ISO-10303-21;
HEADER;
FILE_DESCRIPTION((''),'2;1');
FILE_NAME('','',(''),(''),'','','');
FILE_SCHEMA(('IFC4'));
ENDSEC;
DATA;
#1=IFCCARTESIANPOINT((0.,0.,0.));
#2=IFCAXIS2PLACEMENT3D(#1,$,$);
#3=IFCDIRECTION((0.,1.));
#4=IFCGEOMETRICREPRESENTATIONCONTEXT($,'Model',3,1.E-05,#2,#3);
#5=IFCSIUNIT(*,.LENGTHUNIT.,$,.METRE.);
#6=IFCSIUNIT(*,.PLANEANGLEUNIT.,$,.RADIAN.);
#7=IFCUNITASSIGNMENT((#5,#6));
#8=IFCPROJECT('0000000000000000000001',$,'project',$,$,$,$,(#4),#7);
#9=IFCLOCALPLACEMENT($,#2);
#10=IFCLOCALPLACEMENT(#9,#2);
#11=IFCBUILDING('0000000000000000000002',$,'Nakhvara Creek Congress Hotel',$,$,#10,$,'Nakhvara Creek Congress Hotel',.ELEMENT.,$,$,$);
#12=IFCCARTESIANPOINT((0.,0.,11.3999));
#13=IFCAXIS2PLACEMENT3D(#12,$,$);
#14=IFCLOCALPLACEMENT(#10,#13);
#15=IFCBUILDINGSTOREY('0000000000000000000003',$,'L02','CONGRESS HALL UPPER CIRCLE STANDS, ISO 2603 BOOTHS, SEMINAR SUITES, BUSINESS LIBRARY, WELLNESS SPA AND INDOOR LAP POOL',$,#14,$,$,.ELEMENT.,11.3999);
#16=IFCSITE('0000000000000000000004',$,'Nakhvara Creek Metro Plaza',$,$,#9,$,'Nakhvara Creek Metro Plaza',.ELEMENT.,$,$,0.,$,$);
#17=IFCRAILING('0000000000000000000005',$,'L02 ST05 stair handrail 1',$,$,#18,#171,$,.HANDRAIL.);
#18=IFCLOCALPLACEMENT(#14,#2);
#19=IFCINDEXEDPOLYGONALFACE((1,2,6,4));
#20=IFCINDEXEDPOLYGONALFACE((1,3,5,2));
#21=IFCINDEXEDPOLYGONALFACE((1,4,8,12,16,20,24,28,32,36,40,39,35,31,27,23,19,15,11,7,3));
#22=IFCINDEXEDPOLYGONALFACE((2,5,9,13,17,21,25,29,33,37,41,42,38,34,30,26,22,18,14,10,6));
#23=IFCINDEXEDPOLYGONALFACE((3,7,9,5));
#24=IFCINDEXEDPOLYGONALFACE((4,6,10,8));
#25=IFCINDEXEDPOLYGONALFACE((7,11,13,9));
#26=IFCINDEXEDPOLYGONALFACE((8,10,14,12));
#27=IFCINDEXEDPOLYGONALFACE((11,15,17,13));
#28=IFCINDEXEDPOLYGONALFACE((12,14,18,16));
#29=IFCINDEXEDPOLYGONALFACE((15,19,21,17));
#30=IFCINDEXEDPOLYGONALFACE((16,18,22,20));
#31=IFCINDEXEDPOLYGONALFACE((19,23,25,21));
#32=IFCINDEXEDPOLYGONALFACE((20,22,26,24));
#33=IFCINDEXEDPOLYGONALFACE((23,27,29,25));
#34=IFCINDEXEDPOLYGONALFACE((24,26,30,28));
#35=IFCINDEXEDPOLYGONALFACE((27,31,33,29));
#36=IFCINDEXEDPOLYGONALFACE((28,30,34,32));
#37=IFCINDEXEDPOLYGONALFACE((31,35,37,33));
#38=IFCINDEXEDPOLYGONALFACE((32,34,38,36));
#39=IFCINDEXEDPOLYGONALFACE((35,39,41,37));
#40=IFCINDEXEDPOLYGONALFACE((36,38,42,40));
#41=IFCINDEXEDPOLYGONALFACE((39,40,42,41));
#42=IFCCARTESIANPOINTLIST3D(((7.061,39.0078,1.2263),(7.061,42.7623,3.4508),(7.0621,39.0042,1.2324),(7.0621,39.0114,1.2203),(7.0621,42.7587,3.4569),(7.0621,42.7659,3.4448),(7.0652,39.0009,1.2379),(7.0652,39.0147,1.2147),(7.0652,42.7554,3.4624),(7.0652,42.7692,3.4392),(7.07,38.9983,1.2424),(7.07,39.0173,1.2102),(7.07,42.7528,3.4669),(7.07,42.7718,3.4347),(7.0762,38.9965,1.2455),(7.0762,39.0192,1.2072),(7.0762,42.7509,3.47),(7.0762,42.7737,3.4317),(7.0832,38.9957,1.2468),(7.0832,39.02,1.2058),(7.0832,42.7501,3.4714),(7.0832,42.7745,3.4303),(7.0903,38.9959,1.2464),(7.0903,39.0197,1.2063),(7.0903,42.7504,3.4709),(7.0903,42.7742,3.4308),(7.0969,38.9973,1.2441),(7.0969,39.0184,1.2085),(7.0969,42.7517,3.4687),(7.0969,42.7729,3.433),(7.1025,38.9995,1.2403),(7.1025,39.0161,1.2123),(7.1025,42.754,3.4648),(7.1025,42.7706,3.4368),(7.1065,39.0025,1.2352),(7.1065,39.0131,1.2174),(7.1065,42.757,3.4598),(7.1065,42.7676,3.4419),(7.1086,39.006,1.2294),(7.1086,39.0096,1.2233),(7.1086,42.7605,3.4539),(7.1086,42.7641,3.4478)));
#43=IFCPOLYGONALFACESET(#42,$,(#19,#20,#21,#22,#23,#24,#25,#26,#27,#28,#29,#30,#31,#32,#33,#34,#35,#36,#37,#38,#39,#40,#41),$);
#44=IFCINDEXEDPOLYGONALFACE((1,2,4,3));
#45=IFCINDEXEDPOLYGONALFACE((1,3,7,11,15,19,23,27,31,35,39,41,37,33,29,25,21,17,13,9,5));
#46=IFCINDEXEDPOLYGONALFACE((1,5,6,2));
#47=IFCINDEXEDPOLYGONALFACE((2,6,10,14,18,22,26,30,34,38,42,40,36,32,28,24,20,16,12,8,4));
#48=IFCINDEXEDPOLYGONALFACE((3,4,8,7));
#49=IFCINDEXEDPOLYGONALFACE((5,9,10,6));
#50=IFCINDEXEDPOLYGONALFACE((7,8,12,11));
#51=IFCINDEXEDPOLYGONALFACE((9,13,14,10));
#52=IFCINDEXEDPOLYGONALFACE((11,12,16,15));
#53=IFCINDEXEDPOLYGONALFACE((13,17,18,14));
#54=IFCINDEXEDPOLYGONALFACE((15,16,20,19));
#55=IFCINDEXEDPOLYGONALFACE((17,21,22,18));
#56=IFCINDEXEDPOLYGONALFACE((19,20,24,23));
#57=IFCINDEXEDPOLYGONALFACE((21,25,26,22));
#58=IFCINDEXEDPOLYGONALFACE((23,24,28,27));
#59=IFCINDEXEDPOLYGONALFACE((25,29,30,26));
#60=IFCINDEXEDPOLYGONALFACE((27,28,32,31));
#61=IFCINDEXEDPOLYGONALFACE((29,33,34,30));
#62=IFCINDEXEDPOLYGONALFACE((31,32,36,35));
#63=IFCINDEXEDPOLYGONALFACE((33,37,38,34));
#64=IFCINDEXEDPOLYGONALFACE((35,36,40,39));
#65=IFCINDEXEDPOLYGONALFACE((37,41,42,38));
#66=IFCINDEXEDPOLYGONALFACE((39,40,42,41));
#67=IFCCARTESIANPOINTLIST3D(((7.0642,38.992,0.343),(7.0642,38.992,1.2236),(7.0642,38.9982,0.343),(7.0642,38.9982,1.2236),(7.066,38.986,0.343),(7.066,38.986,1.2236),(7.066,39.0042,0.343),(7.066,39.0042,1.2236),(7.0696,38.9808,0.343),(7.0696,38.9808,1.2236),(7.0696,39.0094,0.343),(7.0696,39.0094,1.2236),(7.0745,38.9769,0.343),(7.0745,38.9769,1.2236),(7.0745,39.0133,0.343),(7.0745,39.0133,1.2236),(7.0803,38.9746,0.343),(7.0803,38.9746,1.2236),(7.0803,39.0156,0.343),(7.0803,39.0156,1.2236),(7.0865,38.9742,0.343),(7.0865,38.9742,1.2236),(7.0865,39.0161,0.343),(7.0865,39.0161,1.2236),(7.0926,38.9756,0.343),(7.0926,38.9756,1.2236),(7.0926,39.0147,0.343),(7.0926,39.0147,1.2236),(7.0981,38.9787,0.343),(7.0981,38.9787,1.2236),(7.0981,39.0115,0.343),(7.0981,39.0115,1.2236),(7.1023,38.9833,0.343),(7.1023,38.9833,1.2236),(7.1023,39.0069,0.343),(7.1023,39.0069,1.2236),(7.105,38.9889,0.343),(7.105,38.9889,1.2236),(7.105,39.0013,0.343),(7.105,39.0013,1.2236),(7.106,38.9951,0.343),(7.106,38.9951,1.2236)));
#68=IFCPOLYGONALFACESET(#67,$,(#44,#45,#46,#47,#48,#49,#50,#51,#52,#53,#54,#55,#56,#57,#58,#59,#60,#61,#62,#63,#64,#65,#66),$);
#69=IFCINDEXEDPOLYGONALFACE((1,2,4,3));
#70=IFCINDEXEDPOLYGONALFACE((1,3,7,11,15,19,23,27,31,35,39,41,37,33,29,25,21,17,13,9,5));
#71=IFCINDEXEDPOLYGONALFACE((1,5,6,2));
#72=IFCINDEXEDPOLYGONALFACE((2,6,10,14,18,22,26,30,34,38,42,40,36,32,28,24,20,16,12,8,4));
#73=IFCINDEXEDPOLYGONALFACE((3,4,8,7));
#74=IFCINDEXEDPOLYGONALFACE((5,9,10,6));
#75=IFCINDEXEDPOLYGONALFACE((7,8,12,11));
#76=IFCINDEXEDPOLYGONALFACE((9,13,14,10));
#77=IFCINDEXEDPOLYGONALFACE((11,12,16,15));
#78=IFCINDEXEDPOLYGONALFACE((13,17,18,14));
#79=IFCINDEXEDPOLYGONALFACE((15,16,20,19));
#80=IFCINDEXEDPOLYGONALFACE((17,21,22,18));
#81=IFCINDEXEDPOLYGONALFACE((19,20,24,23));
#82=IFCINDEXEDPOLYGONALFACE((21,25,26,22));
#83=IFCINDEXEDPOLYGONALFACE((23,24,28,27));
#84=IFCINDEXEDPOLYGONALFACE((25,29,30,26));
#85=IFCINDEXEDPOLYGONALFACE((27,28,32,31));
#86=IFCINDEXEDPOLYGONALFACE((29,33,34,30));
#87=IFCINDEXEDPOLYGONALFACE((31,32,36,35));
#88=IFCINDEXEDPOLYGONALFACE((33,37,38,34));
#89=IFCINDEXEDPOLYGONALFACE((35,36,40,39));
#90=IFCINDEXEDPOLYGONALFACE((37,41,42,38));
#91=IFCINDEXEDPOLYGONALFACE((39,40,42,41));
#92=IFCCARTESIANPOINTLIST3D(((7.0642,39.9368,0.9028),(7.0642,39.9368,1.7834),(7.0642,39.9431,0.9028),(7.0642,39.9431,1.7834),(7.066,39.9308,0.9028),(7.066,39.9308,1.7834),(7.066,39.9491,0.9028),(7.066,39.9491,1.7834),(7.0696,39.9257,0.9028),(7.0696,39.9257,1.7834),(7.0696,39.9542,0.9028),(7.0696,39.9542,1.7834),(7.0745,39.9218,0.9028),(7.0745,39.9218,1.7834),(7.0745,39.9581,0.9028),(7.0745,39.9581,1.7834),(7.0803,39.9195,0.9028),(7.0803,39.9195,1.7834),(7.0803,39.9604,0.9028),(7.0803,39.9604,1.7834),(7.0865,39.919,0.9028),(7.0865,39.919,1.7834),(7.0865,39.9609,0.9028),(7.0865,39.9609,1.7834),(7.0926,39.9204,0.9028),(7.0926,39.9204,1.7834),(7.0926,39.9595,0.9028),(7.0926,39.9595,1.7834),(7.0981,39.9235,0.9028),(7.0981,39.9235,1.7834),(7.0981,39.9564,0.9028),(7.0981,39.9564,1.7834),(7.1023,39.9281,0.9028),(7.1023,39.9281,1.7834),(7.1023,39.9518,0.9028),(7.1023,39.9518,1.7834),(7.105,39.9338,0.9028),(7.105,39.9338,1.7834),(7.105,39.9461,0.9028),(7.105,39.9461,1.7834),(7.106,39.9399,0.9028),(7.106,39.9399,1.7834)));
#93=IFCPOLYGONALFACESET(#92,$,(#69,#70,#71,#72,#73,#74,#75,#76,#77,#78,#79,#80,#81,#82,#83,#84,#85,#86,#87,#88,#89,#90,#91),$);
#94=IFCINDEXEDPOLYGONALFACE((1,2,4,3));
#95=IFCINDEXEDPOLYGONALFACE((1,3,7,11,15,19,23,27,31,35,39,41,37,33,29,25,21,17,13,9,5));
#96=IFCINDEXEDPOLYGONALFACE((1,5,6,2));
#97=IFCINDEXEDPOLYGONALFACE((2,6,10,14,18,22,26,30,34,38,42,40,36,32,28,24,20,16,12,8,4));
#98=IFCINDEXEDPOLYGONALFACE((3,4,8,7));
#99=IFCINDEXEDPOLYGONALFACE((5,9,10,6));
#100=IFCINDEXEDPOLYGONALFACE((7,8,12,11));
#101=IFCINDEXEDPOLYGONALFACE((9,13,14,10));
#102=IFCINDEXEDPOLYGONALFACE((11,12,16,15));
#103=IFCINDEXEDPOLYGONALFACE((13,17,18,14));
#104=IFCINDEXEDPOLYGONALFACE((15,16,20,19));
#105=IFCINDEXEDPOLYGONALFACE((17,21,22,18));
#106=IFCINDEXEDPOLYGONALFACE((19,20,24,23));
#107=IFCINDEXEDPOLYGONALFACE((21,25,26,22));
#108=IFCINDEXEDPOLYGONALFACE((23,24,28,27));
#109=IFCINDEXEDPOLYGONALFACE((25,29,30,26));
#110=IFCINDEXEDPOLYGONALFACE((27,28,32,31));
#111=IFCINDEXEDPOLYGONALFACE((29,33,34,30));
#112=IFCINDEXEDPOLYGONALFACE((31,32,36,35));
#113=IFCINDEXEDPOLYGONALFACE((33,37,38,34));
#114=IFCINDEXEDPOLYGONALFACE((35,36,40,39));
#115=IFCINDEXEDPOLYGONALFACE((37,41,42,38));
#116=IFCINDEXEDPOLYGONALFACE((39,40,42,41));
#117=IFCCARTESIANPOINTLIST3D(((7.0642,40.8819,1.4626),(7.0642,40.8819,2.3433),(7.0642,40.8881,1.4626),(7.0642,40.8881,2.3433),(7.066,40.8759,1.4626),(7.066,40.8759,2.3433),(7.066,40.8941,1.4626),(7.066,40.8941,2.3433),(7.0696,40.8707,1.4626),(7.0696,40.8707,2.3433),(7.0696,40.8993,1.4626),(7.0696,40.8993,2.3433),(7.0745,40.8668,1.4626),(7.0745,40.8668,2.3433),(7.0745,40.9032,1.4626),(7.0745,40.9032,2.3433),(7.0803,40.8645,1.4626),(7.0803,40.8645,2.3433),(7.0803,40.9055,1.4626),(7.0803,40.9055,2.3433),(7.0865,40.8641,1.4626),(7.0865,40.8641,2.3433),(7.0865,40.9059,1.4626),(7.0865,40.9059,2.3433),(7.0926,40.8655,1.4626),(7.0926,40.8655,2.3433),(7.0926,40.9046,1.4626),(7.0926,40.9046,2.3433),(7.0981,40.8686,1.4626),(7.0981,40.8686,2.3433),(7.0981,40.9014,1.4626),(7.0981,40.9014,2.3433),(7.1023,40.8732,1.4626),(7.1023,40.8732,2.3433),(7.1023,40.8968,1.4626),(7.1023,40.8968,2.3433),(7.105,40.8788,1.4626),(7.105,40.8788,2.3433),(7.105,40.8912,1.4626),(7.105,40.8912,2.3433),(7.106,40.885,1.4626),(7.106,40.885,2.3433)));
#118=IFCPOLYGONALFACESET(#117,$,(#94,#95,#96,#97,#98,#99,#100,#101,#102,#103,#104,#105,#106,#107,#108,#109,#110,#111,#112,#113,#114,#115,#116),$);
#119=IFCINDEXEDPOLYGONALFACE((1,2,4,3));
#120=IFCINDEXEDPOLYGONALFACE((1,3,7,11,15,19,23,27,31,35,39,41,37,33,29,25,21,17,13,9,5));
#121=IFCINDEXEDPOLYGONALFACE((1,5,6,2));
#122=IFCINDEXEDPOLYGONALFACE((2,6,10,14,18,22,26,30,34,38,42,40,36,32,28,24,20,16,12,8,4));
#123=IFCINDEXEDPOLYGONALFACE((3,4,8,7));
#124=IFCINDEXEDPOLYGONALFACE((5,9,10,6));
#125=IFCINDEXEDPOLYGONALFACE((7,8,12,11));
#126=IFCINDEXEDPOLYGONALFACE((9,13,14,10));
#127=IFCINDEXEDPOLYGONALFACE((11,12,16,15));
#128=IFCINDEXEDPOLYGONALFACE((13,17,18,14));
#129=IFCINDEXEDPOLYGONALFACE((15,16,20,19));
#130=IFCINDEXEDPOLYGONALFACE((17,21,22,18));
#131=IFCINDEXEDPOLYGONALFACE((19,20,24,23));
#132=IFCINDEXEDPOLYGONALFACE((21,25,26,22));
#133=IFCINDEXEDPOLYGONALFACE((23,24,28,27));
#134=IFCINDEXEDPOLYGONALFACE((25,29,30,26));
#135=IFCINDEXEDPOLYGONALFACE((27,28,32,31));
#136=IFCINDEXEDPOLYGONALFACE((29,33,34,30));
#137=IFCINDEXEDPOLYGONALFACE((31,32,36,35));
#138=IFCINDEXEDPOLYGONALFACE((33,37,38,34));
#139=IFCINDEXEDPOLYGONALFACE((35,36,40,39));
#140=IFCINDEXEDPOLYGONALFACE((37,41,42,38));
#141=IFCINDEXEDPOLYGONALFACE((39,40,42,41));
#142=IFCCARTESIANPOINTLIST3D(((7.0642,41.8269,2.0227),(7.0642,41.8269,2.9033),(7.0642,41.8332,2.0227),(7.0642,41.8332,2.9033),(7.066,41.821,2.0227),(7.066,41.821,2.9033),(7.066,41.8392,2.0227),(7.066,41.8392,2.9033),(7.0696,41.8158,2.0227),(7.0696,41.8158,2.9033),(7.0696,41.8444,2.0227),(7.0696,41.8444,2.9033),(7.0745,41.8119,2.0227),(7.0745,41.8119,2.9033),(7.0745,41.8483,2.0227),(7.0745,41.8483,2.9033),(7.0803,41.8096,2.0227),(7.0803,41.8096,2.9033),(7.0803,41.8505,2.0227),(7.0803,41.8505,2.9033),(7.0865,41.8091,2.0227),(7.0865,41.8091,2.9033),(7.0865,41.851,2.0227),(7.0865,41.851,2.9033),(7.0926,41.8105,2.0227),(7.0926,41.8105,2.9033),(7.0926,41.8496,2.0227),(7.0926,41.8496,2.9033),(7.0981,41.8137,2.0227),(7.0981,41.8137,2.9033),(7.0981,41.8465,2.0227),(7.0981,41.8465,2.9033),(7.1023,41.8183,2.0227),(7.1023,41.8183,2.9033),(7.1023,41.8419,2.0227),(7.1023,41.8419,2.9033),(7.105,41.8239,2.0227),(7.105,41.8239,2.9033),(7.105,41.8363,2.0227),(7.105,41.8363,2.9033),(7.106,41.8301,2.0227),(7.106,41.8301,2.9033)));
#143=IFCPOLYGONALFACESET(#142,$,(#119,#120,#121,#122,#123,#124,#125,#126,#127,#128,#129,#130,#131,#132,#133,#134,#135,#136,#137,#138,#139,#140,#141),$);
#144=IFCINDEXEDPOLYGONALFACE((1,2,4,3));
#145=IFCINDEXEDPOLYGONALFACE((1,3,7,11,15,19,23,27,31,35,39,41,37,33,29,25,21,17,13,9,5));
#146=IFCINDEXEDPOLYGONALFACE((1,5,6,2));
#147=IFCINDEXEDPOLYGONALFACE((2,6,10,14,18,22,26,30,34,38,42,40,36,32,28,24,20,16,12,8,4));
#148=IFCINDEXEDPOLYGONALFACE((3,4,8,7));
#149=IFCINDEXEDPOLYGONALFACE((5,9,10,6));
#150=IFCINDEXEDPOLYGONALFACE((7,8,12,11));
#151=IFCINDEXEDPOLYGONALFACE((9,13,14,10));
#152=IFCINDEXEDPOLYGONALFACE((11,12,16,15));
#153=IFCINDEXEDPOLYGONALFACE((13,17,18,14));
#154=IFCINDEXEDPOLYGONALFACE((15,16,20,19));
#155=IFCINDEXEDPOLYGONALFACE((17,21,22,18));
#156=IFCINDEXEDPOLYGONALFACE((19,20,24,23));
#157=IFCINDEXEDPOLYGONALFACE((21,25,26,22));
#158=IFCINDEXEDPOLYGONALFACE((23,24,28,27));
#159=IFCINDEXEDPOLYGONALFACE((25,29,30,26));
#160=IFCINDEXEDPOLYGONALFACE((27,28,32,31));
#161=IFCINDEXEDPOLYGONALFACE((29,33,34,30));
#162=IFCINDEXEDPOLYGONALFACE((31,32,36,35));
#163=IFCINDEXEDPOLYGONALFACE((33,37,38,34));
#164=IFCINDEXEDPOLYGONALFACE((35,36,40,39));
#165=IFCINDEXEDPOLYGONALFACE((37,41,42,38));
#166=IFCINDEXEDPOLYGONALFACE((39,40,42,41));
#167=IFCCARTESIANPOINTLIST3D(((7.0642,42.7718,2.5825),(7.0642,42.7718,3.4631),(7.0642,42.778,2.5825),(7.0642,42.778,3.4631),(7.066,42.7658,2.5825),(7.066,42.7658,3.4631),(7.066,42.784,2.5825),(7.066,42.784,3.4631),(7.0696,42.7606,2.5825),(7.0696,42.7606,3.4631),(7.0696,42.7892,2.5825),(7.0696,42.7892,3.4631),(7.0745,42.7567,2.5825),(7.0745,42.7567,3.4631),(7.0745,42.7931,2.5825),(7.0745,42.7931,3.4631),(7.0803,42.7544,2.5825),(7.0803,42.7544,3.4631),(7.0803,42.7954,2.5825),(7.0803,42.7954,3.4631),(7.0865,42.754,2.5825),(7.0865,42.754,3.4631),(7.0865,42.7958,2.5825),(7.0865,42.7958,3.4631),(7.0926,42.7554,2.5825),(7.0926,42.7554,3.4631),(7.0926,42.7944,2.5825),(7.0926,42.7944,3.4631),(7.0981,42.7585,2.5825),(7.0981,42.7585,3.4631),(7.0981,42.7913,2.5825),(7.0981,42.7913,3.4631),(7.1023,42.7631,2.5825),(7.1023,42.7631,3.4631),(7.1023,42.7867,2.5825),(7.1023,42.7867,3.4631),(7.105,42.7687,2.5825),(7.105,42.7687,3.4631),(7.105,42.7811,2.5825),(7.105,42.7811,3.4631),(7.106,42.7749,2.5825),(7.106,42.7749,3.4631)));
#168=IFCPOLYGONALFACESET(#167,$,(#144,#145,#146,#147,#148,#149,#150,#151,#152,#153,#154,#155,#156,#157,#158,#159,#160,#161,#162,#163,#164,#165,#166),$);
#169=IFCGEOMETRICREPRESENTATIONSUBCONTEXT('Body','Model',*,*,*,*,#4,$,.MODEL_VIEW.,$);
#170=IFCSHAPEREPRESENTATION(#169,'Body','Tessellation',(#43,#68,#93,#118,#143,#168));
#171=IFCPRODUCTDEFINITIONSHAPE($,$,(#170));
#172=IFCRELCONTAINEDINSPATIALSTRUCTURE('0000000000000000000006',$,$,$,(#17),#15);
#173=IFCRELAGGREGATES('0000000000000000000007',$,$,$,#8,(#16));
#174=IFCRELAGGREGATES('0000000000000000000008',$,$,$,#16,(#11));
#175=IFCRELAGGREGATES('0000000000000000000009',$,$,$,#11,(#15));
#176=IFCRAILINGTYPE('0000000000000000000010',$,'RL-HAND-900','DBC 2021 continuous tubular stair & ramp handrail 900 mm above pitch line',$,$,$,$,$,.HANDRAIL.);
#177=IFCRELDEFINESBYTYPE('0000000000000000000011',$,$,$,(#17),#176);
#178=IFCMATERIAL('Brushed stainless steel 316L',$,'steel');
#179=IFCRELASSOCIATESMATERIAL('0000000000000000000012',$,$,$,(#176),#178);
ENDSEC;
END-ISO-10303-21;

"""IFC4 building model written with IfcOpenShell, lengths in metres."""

from ifc_helpers import new_model, si_unit, direction, frame, origin, origin_2d, place, context, subcontext, project, spatial, circle, extrude, material, type_object, element, save


model = new_model("IFC4")

# Units and contexts
model_context = context("Model", 3, precision=1e-05, world=origin(), true_north=direction((0.0, 1.0)))
body_context = subcontext(model_context, "Body", "Model", "MODEL_VIEW")
ifc_project = project(units=[si_unit("LENGTHUNIT", "METRE"), si_unit("PLANEANGLEUNIT", "RADIAN")], contexts=[model_context])

# Site, building, storey
site_placement = place(None, origin())
site = spatial("IfcSite", under=ifc_project, at=site_placement, Name="Nakhvara Creek Metro Plaza", LongName="Nakhvara Creek Metro Plaza", CompositionType="ELEMENT", RefElevation=0.0)
building_placement = place(site_placement, origin())
building = spatial("IfcBuilding", under=site, at=building_placement, Name="Nakhvara Creek Congress Hotel", LongName="Nakhvara Creek Congress Hotel", CompositionType="ELEMENT")
storey_placement = place(building_placement, frame((0.0, 0.0, 11.3999)))
storey = spatial("IfcBuildingStorey", under=building, at=storey_placement, Name="L02", Description="CONGRESS HALL UPPER CIRCLE STANDS, ISO 2603 BOOTHS, SEMINAR SUITES, BUSINESS LIBRARY, WELLNESS SPA AND INDOOR LAP POOL", CompositionType="ELEMENT", Elevation=11.3999)

# Railing
ifc_material_1 = material(Name="Brushed stainless steel 316L", Category="steel")
railing_type_1 = type_object("IfcRailingType", Name="RL-HAND-900", Description="DBC 2021 continuous tubular stair & ramp handrail 900 mm above pitch line", PredefinedType="HANDRAIL", material=ifc_material_1)
railing_1_placement = place(storey_placement, frame((7.085, 38.9951, 0.343)))
element("IfcRailing", 1, at=railing_1_placement, inside=storey, type_object=railing_type_1, Name="L02 ST05 stair handrail 1", PredefinedType="HANDRAIL", context=body_context, shape_type="SweptSolid", body=[
    extrude(circle(Radius=0.0239, at=origin_2d()), frame((0.0, 0.0127, 0.8833), z_axis=(0.0, 0.860329, 0.50974), x_axis=(-1.0, 0.0, 0.0)), (0.0, 0.0, 1.0), 4.364),
    extrude(circle(Radius=0.021, at=origin_2d()), origin(), (0.0, 0.0, 1.0), 0.8806),
    extrude(circle(Radius=0.021, at=origin_2d()), frame((0.0, 0.9448, 0.5598)), (0.0, 0.0, 1.0), 0.8806),
    extrude(circle(Radius=0.021, at=origin_2d()), frame((0.0, 1.8899, 1.1196)), (0.0, 0.0, 1.0), 0.8806),
    extrude(circle(Radius=0.021, at=origin_2d()), frame((0.0, 2.835, 1.6797)), (0.0, 0.0, 1.0), 0.8806),
    extrude(circle(Radius=0.021, at=origin_2d()), frame((0.0, 3.7798, 2.2395)), (0.0, 0.0, 1.0), 0.8806),
])

save(model, "model.ifc")
